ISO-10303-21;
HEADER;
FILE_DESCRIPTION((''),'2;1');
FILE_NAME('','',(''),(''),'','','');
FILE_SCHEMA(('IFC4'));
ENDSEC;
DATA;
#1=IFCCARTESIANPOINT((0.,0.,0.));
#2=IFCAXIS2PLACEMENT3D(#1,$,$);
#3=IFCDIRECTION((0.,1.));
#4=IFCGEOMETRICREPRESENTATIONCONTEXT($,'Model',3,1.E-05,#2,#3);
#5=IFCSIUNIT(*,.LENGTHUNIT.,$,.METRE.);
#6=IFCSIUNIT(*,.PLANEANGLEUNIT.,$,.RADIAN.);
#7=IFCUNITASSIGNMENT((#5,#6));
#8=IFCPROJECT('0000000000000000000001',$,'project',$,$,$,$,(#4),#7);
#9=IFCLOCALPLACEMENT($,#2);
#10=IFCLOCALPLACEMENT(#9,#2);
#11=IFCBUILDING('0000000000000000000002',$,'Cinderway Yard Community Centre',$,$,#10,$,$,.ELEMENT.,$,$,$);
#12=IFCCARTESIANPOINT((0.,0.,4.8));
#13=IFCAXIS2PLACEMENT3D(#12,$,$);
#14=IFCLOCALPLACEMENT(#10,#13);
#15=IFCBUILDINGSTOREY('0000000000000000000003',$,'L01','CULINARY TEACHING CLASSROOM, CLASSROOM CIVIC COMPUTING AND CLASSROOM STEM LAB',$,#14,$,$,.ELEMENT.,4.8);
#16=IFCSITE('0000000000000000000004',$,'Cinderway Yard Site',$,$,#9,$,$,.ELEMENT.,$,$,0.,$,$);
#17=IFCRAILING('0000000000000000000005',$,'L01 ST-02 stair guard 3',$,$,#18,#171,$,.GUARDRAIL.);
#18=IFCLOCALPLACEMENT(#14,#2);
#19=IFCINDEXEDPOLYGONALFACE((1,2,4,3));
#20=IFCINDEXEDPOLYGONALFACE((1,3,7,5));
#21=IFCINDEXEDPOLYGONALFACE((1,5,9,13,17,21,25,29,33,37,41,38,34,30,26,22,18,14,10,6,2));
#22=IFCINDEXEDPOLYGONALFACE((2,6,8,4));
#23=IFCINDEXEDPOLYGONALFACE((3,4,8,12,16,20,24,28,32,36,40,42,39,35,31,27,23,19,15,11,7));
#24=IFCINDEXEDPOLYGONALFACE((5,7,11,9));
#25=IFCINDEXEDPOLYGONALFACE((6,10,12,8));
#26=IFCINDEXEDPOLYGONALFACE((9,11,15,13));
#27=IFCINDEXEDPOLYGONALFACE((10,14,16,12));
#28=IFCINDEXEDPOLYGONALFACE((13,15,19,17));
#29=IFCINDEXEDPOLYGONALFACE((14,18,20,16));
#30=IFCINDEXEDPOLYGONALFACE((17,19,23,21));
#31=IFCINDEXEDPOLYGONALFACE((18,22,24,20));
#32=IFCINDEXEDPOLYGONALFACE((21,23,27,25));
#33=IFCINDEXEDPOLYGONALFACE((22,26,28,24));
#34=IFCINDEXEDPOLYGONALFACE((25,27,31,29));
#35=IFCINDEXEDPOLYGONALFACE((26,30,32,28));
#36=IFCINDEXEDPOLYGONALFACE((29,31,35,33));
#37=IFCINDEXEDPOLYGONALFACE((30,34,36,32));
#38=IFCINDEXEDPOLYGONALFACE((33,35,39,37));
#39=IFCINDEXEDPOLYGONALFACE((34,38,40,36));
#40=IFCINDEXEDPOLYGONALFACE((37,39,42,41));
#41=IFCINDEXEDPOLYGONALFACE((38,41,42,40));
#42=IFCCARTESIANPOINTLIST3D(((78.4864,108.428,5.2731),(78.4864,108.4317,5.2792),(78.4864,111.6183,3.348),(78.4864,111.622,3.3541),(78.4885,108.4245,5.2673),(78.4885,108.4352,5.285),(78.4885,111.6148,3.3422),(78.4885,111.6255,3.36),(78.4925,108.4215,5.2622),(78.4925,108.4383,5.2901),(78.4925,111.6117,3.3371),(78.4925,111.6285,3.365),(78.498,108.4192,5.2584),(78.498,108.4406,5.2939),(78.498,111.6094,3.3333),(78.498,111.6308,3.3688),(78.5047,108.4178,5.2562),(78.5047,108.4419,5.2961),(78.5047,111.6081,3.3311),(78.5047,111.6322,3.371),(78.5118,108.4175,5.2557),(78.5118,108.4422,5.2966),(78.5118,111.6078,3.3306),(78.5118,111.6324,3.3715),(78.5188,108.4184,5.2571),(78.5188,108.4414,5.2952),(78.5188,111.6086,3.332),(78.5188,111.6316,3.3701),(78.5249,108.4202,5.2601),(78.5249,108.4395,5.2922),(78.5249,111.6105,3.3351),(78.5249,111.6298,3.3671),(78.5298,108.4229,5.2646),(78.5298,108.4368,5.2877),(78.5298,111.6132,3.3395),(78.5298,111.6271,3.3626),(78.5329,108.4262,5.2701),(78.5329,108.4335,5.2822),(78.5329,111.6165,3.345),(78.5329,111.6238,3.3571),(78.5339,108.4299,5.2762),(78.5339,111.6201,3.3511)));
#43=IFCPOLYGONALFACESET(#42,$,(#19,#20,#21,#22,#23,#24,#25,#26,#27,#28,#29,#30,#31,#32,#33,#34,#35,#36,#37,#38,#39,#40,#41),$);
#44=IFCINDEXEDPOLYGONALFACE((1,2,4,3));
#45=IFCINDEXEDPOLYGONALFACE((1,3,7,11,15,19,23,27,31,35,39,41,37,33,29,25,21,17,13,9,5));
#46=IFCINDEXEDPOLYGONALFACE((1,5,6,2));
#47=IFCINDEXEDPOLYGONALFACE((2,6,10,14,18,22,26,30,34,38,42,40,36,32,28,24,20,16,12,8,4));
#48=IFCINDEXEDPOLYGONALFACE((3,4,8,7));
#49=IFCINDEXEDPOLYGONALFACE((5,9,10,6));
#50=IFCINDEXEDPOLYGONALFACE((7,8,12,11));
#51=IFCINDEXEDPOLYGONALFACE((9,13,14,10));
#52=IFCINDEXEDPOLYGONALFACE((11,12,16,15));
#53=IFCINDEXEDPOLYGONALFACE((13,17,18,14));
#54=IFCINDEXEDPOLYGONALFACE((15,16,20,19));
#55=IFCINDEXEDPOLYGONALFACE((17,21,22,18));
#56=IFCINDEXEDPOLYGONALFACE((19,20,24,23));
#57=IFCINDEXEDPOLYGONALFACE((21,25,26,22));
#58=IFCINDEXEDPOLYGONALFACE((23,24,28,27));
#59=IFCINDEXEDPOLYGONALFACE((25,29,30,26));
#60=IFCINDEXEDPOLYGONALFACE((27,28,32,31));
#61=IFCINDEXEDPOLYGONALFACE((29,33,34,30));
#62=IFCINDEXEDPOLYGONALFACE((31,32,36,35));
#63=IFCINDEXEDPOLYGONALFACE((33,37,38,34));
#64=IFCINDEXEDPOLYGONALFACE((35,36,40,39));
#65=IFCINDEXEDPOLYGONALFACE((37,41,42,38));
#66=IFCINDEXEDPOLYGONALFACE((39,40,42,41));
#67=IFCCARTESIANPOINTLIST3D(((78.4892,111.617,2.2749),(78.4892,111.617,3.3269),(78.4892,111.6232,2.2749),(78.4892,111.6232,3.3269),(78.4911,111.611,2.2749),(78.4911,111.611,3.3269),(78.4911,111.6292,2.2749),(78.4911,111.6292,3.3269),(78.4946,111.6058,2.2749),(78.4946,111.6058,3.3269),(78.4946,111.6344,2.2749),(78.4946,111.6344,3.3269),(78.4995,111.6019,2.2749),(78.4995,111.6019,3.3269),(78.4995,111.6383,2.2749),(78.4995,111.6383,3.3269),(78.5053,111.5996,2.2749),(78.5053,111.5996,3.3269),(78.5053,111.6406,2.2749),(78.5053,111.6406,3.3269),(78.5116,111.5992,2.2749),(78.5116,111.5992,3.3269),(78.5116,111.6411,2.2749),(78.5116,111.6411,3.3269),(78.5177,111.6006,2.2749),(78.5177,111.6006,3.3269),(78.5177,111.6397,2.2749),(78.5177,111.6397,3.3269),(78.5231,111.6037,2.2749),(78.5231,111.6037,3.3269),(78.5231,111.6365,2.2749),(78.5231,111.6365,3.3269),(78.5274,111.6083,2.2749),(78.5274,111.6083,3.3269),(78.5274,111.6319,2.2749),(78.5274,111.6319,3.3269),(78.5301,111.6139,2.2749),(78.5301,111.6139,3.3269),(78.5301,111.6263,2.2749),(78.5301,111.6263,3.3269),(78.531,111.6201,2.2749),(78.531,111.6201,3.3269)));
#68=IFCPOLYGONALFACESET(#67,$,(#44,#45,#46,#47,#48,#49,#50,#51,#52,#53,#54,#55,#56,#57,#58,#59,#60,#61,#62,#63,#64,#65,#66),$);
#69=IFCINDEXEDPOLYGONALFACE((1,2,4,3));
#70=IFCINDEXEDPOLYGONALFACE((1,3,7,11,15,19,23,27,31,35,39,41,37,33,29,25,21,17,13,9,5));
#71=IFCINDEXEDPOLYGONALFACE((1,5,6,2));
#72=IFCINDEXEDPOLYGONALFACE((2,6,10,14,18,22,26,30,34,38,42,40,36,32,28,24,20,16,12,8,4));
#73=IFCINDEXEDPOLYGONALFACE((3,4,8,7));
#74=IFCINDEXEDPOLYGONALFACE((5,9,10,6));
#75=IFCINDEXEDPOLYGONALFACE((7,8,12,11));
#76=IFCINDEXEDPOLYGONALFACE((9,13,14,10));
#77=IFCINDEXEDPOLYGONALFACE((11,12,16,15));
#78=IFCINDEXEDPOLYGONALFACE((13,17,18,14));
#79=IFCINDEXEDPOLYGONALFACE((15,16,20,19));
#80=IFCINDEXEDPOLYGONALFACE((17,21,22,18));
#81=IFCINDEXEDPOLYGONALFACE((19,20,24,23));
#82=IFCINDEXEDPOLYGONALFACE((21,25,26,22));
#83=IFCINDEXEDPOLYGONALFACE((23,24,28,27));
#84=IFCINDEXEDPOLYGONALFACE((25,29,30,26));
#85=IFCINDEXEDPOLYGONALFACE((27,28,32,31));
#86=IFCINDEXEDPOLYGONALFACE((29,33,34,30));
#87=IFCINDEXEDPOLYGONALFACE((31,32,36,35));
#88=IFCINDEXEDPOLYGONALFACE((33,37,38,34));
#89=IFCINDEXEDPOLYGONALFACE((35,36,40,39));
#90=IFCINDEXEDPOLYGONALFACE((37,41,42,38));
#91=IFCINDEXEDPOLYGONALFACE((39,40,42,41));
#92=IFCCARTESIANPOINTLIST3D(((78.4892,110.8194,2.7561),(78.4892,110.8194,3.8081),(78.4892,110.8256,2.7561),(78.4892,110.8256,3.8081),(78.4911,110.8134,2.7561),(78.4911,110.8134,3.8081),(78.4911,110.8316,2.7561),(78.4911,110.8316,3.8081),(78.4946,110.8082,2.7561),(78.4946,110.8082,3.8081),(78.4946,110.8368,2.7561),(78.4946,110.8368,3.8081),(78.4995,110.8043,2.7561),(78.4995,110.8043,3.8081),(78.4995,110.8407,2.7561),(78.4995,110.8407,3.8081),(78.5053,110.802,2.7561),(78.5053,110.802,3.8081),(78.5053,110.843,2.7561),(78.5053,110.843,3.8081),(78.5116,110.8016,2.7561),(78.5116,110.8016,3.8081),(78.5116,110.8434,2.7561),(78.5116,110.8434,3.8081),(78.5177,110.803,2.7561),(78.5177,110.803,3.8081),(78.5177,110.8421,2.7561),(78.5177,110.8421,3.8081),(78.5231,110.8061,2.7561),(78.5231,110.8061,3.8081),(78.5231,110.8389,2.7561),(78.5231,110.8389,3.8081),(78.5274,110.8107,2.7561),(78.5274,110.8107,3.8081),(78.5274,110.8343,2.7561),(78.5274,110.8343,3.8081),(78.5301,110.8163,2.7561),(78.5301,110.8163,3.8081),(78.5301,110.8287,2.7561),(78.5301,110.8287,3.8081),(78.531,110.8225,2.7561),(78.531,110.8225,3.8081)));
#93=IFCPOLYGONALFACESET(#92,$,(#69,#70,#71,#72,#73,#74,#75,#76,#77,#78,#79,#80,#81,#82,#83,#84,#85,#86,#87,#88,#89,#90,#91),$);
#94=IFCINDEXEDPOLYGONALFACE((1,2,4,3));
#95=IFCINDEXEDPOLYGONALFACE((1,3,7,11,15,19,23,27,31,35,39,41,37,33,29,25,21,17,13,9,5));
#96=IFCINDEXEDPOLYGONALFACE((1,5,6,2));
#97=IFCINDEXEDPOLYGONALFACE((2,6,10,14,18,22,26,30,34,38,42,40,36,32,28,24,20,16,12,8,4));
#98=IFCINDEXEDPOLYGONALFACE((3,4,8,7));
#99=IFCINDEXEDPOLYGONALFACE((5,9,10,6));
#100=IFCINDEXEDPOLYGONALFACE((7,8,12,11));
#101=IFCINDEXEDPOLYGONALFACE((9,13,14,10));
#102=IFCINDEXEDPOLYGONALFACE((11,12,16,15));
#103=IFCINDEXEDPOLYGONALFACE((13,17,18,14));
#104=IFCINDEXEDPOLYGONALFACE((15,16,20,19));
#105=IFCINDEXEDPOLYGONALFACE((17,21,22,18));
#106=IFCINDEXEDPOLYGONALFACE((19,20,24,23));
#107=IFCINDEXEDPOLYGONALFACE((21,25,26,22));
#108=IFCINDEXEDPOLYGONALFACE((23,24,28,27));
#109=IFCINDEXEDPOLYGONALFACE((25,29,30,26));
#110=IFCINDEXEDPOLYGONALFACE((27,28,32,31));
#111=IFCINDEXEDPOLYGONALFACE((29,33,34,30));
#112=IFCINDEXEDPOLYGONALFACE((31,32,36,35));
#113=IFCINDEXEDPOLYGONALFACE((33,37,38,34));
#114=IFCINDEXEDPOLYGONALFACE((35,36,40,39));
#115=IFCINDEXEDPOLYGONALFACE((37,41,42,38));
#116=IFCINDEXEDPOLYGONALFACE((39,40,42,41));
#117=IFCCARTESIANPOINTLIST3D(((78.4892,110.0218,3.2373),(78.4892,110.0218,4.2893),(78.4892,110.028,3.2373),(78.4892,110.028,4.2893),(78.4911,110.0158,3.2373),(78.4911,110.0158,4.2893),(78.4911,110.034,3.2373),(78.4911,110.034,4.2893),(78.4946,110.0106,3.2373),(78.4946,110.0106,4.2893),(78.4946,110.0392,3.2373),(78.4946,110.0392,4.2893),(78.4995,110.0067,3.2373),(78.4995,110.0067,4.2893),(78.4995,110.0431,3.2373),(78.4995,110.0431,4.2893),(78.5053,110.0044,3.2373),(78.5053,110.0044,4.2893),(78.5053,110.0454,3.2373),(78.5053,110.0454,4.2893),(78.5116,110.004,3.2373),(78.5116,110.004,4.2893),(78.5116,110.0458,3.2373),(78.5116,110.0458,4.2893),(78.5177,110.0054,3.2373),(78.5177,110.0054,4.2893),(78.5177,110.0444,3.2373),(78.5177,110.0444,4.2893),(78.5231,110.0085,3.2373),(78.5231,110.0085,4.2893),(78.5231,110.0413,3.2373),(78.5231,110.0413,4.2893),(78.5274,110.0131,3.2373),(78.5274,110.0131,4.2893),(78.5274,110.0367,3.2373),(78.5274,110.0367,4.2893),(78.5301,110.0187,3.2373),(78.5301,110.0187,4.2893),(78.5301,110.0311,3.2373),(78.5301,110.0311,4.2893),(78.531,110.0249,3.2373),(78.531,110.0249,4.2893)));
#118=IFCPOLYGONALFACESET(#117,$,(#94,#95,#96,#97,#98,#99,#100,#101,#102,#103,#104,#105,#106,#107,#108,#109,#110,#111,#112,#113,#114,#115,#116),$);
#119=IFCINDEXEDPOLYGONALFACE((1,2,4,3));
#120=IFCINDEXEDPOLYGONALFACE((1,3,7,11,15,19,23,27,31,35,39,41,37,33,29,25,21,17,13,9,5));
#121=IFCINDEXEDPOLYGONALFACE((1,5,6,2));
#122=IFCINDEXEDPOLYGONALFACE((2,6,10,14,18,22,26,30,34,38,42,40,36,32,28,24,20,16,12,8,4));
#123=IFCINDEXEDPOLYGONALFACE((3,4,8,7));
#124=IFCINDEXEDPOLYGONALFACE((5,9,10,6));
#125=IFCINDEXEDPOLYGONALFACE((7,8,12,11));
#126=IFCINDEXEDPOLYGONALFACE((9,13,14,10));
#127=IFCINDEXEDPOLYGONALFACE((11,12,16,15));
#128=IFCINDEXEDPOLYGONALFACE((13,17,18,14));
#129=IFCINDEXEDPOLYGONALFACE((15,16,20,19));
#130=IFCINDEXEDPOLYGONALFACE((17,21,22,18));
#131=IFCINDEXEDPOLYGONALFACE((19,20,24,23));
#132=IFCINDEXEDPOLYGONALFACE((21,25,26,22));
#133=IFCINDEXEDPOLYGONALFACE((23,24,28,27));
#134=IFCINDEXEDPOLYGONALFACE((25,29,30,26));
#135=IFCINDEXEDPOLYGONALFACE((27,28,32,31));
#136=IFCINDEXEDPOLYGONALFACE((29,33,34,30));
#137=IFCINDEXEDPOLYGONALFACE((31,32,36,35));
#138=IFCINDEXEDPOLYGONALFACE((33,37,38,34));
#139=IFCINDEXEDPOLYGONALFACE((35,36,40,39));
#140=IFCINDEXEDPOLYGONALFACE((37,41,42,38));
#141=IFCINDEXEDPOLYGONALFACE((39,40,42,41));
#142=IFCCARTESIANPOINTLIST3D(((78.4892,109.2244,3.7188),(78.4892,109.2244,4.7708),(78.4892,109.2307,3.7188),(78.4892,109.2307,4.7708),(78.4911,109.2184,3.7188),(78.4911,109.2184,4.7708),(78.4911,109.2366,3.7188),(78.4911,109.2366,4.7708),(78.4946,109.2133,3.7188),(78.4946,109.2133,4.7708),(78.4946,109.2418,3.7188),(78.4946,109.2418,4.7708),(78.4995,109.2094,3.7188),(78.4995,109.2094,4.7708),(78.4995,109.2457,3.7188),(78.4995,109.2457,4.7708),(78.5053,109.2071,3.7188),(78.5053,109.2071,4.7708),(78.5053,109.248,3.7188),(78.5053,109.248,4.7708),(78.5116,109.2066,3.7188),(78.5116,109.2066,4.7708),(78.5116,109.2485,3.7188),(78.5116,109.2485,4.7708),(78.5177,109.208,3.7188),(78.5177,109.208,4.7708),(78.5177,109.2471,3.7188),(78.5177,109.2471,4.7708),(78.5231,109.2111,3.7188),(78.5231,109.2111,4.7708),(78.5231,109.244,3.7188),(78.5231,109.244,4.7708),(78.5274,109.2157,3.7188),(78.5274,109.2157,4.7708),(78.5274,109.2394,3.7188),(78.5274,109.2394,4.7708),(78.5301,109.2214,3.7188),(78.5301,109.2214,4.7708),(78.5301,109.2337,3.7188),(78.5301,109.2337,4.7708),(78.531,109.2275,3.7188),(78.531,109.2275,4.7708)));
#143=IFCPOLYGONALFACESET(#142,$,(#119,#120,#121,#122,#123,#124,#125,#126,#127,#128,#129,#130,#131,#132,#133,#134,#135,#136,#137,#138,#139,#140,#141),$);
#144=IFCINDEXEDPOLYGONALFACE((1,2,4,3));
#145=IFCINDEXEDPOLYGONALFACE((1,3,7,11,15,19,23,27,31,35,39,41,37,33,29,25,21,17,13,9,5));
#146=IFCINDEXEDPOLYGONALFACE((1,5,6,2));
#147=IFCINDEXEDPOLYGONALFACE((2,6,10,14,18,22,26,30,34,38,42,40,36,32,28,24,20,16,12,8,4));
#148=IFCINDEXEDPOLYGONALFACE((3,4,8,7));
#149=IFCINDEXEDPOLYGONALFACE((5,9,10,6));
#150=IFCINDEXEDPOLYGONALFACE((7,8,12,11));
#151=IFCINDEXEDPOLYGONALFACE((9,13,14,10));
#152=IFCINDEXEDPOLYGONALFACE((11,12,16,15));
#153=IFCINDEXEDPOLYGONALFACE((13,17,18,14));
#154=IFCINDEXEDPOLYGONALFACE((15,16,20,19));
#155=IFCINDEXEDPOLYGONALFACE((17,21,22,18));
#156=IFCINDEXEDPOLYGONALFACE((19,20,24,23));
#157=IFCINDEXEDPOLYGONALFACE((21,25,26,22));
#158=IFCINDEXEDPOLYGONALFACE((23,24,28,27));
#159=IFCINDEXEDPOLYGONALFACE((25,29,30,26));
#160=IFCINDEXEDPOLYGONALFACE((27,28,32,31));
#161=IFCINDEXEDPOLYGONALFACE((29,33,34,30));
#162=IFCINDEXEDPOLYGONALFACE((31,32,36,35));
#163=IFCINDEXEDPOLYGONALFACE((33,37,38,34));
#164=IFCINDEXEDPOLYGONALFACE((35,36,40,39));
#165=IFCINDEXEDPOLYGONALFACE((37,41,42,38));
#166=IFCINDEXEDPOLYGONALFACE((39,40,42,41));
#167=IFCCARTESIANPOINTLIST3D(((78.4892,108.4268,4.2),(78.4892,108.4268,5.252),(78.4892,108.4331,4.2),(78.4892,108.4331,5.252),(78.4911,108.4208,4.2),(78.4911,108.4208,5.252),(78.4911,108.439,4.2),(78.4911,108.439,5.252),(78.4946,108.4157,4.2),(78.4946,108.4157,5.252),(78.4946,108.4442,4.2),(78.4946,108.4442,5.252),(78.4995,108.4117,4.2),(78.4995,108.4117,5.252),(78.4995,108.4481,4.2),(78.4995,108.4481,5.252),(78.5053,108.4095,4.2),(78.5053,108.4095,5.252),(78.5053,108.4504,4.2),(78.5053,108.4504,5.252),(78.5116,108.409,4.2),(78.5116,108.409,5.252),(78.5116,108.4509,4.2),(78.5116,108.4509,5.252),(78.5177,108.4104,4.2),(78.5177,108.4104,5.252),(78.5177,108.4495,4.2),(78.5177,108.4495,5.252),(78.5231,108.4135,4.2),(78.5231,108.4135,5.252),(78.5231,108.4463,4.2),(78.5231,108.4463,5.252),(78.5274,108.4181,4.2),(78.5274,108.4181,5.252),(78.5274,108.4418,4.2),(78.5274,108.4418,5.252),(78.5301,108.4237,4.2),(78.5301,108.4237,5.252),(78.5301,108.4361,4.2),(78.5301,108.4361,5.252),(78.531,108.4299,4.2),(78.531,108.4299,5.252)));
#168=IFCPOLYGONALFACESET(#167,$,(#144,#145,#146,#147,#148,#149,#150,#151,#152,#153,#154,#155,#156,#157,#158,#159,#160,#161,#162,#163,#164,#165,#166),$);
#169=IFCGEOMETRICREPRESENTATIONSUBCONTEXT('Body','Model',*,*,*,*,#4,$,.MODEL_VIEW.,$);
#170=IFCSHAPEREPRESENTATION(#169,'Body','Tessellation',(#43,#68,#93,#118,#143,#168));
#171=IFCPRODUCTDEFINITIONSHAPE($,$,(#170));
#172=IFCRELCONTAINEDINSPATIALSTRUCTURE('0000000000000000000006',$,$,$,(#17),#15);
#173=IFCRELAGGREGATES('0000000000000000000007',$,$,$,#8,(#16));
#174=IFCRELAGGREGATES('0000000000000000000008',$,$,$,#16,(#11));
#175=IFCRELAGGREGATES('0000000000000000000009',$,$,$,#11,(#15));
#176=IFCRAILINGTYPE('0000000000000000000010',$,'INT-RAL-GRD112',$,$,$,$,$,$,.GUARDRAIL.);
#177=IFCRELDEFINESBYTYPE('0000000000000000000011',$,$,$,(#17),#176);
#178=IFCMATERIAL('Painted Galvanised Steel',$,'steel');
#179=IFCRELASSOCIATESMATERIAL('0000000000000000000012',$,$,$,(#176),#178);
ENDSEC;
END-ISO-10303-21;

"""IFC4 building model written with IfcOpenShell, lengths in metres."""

from ifc_helpers import new_model, si_unit, direction, frame, origin, origin_2d, place, context, subcontext, project, spatial, circle, extrude, material, type_object, element, save


model = new_model("IFC4")

# Units and contexts
model_context = context("Model", 3, precision=1e-05, world=origin(), true_north=direction((0.0, 1.0)))
body_context = subcontext(model_context, "Body", "Model", "MODEL_VIEW")
ifc_project = project(units=[si_unit("LENGTHUNIT", "METRE"), si_unit("PLANEANGLEUNIT", "RADIAN")], contexts=[model_context])

# Site, building, storey
site_placement = place(None, origin())
site = spatial("IfcSite", under=ifc_project, at=site_placement, Name="Cinderway Yard Site", CompositionType="ELEMENT", RefElevation=0.0)
building_placement = place(site_placement, origin())
building = spatial("IfcBuilding", under=site, at=building_placement, Name="Cinderway Yard Community Centre", CompositionType="ELEMENT")
storey_placement = place(building_placement, frame((0.0, 0.0, 4.8)))
storey = spatial("IfcBuildingStorey", under=building, at=storey_placement, Name="L01", Description="CULINARY TEACHING CLASSROOM, CLASSROOM CIVIC COMPUTING AND CLASSROOM STEM LAB", CompositionType="ELEMENT", Elevation=4.8)

# Shared definitions
ifc_material_1 = material(Name="Painted Galvanised Steel", Category="steel")

# Railing
railing_type_1 = type_object("IfcRailingType", Name="INT-RAL-GRD112", PredefinedType="GUARDRAIL", material=ifc_material_1)
railing_1_placement = place(storey_placement, frame((78.51, 111.6201, 2.2749)))
element("IfcRailing", 1, at=railing_1_placement, inside=storey, type_object=railing_type_1, Name="L01 ST-02 stair guard 3", PredefinedType="GUARDRAIL", context=body_context, shape_type="SweptSolid", body=[
    extrude(circle(Radius=0.0239, at=origin_2d()), frame((0.0, 0.0, 1.0762), z_axis=(0.0, -0.856195, 0.516653), x_axis=(1.0, 0.0, 0.0)), (0.0, 0.0, 1.0), 3.7261),
    extrude(circle(Radius=0.021, at=origin_2d()), origin(), (0.0, 0.0, 1.0), 1.052),
    extrude(circle(Radius=0.021, at=origin_2d()), frame((0.0, -0.7976, 0.4812)), (0.0, 0.0, 1.0), 1.052),
    extrude(circle(Radius=0.021, at=origin_2d()), frame((0.0, -1.5952, 0.9624)), (0.0, 0.0, 1.0), 1.052),
    extrude(circle(Radius=0.021, at=origin_2d()), frame((0.0, -2.3926, 1.4438)), (0.0, 0.0, 1.0), 1.052),
    extrude(circle(Radius=0.021, at=origin_2d()), frame((0.0, -3.1902, 1.925)), (0.0, 0.0, 1.0), 1.052),
])

save(model, "model.ifc")
